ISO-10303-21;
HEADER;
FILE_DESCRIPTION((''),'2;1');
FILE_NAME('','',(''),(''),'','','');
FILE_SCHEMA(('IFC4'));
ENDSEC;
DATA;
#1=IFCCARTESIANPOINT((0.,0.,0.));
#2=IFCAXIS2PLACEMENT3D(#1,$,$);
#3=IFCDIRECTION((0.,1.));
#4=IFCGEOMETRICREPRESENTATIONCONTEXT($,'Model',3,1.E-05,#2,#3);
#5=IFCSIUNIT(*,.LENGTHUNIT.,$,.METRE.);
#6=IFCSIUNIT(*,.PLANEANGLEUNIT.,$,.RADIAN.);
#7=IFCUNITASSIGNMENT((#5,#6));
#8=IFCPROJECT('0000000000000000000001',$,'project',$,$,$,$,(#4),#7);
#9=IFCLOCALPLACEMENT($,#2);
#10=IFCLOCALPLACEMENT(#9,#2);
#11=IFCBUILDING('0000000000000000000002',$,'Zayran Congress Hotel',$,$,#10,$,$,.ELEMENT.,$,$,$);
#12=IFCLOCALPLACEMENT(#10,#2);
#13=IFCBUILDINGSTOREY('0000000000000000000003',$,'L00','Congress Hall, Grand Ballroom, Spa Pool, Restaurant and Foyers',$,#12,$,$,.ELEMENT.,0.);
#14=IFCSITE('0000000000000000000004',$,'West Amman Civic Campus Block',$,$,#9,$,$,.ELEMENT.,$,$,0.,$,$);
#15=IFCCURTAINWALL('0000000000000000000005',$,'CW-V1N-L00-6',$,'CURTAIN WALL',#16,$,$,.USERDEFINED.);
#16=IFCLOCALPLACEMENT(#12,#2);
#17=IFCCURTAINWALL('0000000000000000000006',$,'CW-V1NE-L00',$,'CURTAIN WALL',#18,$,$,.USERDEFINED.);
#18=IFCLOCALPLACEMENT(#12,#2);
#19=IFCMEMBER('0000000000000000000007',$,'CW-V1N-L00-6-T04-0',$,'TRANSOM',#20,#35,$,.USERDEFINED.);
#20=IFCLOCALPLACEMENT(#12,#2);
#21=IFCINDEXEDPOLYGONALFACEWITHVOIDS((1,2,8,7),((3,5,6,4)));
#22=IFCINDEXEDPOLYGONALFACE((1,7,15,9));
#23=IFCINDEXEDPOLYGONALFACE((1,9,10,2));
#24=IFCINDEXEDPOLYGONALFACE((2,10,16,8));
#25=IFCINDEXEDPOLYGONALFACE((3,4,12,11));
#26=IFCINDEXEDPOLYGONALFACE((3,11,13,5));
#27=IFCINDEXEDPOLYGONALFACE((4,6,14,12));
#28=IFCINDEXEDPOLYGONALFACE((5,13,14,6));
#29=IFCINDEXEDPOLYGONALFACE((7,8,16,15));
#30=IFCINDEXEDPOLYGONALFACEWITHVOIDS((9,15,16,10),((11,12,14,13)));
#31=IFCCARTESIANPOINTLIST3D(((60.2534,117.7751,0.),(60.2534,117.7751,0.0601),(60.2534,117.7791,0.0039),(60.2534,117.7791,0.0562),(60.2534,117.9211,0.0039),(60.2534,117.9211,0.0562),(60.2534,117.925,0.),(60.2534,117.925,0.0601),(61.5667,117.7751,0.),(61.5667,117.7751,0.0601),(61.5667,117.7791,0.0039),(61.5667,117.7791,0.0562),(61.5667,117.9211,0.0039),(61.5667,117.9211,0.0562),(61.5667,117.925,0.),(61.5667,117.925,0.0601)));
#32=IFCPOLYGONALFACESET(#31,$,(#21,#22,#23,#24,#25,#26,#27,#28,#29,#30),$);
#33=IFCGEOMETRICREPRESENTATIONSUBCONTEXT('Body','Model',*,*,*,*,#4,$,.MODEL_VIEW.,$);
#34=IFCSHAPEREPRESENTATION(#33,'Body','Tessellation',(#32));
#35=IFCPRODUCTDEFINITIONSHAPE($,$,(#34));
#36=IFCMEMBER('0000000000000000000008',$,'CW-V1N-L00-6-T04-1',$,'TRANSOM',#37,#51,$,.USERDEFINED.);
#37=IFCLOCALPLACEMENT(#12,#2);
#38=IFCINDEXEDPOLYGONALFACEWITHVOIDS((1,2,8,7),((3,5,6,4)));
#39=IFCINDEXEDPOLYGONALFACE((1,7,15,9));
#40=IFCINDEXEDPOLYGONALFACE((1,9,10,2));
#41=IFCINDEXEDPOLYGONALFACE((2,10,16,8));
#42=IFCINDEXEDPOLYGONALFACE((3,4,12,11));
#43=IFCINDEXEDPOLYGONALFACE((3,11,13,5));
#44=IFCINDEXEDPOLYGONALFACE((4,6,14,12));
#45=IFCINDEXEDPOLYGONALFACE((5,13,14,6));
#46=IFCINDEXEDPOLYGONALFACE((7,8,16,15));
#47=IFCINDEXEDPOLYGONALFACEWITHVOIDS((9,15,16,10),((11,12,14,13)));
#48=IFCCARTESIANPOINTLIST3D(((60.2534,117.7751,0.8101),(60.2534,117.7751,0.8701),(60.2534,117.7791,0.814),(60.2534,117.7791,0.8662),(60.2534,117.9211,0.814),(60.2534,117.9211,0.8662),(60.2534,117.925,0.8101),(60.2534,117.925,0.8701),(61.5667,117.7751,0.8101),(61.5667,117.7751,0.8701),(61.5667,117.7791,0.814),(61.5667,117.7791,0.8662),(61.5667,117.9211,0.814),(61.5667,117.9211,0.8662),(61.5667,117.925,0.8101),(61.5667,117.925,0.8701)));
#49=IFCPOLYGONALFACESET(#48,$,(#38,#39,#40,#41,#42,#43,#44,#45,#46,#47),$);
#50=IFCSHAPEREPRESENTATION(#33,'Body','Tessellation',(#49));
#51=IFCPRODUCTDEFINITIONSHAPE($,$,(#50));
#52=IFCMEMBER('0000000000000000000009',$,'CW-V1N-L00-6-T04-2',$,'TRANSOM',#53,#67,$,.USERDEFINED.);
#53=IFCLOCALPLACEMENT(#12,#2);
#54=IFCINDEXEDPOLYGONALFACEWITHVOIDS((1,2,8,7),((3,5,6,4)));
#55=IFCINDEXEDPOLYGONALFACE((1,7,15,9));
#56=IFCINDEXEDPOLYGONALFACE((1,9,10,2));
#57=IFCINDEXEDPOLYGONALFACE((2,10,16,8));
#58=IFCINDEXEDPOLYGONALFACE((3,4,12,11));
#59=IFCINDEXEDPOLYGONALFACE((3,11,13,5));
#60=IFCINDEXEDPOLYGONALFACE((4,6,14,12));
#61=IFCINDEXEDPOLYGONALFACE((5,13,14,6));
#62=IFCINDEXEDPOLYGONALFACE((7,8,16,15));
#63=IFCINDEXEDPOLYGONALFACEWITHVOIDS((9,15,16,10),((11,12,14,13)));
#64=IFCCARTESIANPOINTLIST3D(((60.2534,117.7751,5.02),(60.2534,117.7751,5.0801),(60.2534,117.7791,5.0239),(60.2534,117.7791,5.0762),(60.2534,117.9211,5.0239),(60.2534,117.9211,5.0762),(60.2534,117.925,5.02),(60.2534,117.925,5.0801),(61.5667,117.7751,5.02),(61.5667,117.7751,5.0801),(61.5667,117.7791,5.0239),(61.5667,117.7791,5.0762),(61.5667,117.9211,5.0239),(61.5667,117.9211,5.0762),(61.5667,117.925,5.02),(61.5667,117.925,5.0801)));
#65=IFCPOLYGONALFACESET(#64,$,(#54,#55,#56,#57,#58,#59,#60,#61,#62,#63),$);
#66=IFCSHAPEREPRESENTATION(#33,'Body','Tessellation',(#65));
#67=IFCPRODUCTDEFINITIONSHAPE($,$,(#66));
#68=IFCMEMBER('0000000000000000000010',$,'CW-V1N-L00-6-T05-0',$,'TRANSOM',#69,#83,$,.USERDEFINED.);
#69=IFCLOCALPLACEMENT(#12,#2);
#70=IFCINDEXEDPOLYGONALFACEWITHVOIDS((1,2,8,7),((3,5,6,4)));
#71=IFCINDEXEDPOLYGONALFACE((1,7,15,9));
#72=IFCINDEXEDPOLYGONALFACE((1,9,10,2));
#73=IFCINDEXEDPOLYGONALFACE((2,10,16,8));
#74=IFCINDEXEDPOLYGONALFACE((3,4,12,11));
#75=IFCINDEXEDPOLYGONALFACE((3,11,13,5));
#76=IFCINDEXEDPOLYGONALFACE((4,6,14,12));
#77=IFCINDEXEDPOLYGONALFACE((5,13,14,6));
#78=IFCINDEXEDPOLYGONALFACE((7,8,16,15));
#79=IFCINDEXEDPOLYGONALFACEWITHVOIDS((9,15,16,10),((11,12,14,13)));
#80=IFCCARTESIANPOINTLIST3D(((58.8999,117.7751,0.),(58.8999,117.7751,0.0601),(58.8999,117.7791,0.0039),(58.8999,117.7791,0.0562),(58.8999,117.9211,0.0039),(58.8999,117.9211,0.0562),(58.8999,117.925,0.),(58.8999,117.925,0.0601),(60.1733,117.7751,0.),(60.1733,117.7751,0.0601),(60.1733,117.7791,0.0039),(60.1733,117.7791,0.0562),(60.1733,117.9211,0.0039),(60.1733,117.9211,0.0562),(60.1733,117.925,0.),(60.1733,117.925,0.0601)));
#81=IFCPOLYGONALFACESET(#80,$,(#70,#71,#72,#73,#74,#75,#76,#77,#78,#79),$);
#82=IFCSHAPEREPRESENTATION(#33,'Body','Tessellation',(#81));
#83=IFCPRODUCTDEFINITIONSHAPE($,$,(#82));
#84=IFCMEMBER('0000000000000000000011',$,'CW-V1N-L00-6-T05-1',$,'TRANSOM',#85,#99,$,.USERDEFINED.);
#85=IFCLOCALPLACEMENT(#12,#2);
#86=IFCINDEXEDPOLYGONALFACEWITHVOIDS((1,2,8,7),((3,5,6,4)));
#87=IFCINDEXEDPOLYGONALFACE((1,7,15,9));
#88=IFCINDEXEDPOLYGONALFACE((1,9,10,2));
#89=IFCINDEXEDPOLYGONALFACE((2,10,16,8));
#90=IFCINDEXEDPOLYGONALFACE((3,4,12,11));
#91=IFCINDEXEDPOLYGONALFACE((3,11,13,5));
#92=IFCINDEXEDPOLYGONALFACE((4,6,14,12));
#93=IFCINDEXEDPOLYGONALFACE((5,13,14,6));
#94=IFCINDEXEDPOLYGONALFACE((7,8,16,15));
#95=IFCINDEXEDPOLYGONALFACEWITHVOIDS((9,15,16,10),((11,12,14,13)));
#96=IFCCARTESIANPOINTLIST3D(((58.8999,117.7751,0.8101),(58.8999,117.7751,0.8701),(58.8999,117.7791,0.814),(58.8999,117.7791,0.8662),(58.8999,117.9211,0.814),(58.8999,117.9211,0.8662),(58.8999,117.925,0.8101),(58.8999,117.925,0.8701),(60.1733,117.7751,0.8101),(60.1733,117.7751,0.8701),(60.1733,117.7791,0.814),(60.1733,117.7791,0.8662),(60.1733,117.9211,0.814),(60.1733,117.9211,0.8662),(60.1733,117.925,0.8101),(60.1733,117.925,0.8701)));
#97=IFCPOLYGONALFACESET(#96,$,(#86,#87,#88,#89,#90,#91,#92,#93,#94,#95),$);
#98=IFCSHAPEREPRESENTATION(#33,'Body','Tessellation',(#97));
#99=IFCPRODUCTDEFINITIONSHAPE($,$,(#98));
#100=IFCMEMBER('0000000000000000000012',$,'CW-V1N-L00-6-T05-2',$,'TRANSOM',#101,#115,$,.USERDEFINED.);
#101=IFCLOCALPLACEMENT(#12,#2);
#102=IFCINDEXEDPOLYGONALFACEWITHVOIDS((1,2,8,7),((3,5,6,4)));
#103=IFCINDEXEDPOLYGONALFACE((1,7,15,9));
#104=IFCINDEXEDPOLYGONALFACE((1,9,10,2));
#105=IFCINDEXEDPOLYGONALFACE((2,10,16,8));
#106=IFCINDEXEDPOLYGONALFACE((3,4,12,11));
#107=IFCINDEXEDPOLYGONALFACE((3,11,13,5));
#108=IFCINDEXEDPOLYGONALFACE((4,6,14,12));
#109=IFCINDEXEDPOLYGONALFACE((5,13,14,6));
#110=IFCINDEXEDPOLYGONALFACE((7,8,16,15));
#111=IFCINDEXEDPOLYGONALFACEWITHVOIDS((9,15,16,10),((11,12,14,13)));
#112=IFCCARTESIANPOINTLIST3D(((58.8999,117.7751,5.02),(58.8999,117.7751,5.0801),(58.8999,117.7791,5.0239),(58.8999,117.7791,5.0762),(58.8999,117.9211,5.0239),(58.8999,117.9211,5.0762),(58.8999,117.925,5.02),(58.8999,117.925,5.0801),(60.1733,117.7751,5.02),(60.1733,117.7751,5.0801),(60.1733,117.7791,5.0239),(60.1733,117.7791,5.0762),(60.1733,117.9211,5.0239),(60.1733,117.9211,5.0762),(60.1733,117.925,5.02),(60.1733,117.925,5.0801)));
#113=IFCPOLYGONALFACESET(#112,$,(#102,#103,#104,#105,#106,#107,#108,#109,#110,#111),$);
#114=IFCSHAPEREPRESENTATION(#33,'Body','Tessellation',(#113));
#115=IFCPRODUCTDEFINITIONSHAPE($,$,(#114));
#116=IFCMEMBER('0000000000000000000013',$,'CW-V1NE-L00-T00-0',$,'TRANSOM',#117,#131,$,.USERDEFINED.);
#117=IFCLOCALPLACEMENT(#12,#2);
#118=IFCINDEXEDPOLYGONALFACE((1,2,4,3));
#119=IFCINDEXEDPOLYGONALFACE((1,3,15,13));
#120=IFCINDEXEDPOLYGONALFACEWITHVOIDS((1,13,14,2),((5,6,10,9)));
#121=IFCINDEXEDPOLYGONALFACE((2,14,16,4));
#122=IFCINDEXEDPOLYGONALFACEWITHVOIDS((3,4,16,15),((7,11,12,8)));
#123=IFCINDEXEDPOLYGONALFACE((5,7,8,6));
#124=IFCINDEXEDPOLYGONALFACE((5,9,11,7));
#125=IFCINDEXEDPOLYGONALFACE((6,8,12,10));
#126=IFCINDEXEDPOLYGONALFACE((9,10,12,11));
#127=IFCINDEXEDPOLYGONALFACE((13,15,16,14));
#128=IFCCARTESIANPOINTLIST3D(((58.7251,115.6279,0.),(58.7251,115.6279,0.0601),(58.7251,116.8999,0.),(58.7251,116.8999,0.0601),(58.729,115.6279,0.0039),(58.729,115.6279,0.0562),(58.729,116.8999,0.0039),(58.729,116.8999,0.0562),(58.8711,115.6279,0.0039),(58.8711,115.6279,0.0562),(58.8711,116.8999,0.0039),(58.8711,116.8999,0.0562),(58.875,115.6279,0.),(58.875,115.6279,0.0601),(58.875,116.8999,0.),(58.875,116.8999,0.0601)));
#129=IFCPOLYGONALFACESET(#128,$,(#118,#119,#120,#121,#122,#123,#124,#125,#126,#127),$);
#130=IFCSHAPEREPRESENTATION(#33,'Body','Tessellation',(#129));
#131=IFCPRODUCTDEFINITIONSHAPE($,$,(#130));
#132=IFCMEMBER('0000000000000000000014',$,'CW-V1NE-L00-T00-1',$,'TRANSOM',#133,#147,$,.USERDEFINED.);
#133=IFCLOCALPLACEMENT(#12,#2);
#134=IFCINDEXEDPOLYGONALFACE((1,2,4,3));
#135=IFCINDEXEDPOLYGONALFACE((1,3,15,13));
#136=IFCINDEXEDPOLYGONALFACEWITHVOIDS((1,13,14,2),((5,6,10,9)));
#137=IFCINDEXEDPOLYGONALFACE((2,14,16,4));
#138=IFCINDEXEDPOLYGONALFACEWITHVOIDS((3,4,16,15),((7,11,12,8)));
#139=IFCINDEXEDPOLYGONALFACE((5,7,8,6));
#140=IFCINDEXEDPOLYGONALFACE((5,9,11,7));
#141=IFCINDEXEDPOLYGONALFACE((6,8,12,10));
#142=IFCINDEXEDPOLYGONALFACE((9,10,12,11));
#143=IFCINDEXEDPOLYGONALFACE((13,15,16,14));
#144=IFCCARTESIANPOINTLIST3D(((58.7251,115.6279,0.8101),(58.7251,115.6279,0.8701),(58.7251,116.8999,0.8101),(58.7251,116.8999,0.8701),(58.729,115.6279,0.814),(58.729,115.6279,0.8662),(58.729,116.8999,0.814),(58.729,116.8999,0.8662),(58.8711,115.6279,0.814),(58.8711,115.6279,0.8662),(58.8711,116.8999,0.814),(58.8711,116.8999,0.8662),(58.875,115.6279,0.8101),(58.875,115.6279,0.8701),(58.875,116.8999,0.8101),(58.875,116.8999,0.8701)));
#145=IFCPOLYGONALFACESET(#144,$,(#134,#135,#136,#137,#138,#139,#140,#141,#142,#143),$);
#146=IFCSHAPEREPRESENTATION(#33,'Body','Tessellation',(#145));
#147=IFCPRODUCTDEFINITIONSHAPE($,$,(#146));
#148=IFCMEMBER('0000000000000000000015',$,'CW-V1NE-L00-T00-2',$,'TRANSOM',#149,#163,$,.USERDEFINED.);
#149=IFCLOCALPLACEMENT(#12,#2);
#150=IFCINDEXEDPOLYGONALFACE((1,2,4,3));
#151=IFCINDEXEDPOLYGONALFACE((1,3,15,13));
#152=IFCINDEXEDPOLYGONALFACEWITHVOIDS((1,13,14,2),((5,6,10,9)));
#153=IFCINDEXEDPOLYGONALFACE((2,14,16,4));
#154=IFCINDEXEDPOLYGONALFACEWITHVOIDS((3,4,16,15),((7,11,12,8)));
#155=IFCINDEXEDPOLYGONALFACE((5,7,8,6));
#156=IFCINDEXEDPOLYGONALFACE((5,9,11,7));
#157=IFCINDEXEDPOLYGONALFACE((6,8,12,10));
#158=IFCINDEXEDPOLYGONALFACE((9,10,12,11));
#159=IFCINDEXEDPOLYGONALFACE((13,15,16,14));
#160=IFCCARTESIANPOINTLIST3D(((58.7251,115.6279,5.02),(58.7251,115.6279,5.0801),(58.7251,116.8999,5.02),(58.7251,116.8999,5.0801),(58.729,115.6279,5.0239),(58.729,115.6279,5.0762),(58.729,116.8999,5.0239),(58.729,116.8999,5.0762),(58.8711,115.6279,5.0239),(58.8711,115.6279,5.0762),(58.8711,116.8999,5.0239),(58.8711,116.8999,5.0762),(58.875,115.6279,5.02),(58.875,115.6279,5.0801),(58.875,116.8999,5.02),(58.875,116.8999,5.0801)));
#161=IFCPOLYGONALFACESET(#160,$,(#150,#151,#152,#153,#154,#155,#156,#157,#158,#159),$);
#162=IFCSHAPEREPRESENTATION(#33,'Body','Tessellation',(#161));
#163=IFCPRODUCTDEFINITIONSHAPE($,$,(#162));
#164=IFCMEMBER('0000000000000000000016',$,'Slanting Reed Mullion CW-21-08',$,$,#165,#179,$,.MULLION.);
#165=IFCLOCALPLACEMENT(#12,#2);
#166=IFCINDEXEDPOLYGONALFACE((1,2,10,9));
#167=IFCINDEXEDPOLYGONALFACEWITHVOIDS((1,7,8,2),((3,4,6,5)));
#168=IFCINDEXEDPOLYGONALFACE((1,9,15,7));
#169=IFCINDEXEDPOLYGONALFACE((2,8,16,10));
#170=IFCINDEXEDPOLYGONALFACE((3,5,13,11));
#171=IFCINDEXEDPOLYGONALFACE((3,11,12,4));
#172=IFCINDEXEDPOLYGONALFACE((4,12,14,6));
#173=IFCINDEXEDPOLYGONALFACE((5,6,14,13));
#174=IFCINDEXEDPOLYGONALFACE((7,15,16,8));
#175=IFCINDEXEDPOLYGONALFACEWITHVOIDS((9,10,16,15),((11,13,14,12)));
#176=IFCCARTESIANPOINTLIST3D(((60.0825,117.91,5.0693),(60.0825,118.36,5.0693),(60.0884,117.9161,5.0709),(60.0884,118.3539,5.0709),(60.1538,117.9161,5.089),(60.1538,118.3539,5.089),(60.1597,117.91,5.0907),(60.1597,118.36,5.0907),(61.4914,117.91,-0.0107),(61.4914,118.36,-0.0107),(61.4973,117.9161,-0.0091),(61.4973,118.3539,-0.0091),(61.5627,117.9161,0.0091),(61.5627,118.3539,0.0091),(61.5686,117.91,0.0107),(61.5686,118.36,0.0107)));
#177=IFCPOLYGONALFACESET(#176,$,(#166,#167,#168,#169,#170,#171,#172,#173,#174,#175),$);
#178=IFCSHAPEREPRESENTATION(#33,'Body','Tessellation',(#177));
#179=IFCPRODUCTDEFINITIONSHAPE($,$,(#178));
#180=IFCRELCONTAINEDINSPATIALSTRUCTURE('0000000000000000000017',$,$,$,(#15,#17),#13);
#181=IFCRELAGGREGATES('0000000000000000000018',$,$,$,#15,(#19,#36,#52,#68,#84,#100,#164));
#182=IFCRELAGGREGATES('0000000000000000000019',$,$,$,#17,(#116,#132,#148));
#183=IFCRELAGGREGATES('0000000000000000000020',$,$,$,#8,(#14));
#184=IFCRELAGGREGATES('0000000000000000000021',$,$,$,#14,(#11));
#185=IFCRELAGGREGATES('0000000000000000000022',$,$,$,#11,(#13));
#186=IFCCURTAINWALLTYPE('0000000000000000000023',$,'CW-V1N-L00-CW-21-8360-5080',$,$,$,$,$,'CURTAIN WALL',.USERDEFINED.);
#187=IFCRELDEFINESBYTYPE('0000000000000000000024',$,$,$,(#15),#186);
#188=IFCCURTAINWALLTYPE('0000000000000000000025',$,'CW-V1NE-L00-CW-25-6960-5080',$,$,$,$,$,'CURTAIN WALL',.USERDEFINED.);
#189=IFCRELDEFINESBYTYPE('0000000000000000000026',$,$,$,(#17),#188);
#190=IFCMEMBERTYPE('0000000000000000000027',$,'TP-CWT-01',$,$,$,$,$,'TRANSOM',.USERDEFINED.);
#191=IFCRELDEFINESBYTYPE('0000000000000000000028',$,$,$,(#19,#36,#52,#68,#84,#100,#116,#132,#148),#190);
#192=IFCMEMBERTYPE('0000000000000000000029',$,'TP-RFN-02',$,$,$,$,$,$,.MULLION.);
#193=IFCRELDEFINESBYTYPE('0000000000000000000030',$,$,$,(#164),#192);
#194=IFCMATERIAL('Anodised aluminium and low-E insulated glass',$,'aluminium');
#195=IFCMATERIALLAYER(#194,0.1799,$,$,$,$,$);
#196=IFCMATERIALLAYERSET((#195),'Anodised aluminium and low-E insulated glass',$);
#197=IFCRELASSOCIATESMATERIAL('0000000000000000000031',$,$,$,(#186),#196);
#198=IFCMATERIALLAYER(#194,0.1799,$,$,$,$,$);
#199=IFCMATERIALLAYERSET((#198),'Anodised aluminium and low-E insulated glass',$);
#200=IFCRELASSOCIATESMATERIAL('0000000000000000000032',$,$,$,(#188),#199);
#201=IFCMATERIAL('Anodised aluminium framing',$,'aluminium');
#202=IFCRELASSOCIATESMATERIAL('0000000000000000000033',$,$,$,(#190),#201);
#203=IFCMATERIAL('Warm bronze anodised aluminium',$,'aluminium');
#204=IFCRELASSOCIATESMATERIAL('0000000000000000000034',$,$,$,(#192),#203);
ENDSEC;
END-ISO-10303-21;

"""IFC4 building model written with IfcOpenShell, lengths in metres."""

from ifc_helpers import new_model, si_unit, direction, frame, origin, origin_2d, place, context, subcontext, project, spatial, hollow_rectangle, extrude, material, layer, layer_set, material_profile, profile_set, type_object, element, aggregate, save


model = new_model("IFC4")

# Units and contexts
model_context = context("Model", 3, precision=1e-05, world=origin(), true_north=direction((0.0, 1.0)))
body_context = subcontext(model_context, "Body", "Model", "MODEL_VIEW")
ifc_project = project(units=[si_unit("LENGTHUNIT", "METRE"), si_unit("PLANEANGLEUNIT", "RADIAN")], contexts=[model_context])

# Site, building, storey
site_placement = place(None, origin())
site = spatial("IfcSite", under=ifc_project, at=site_placement, Name="West Amman Civic Campus Block", CompositionType="ELEMENT", RefElevation=0.0)
building_placement = place(site_placement, origin())
building = spatial("IfcBuilding", under=site, at=building_placement, Name="Zayran Congress Hotel", CompositionType="ELEMENT")
storey_placement = place(building_placement, origin())
storey = spatial("IfcBuildingStorey", under=building, at=storey_placement, Name="L00", Description="Congress Hall, Grand Ballroom, Spa Pool, Restaurant and Foyers", CompositionType="ELEMENT", Elevation=0.0)

# Curtain wall
ifc_material_1 = material(Name="Anodised aluminium and low-E insulated glass", Category="aluminium")
ifc_layer_1 = layer(ifc_material_1, 0.1799)
ifc_layer_set_1 = layer_set([ifc_layer_1], Name="Anodised aluminium and low-E insulated glass")
curtain_wall_type_1 = type_object("IfcCurtainWallType", Name="CW-V1N-L00-CW-21-8360-5080", ElementType="CURTAIN WALL", PredefinedType="USERDEFINED", material=ifc_layer_set_1)
curtain_wall_1_placement = place(storey_placement, origin())
curtain_wall_1 = element("IfcCurtainWall", 1, at=curtain_wall_1_placement, inside=storey, type_object=curtain_wall_type_1, Name="CW-V1N-L00-6", ObjectType="CURTAIN WALL", PredefinedType="USERDEFINED")
ifc_material_2 = material(Name="Anodised aluminium framing", Category="aluminium")

# Curtain wall
ifc_layer_2 = layer(ifc_material_1, 0.1799)
ifc_layer_set_2 = layer_set([ifc_layer_2], Name="Anodised aluminium and low-E insulated glass")
curtain_wall_type_2 = type_object("IfcCurtainWallType", Name="CW-V1NE-L00-CW-25-6960-5080", ElementType="CURTAIN WALL", PredefinedType="USERDEFINED", material=ifc_layer_set_2)
curtain_wall_2_placement = place(storey_placement, origin())
curtain_wall_2 = element("IfcCurtainWall", 2, at=curtain_wall_2_placement, inside=storey, type_object=curtain_wall_type_2, Name="CW-V1NE-L00", ObjectType="CURTAIN WALL", PredefinedType="USERDEFINED")

# Members
ifc_material_profile_1 = material_profile(ifc_material_2, hollow_rectangle(XDim=0.0601, YDim=0.1499, WallThickness=0.0039, at=origin_2d()), Name="RHS 150x60x4")
ifc_profile_set_1 = profile_set([ifc_material_profile_1], Name="Anodised aluminium framing")
member_type_1 = type_object("IfcMemberType", Name="TP-CWT-01", ElementType="TRANSOM", PredefinedType="USERDEFINED", material=ifc_profile_set_1)
member_1_placement = place(storey_placement, frame((61.5667, 117.8501, 0.03), z_axis=(-1.0, 0.0, 0.0), x_axis=(0.0, 0.0, 1.0)))
member_1 = element("IfcMember", 3, at=member_1_placement, type_object=member_type_1, Name="CW-V1N-L00-6-T04-0", ObjectType="TRANSOM", PredefinedType="USERDEFINED", context=body_context, shape_type="SweptSolid", body=[
    extrude(hollow_rectangle(XDim=0.0601, YDim=0.1499, WallThickness=0.0039, at=origin_2d()), origin(), (0.0, 0.0, 1.0), 1.3132),
])
member_2_placement = place(storey_placement, frame((61.5667, 117.8501, 0.8401), z_axis=(-1.0, 0.0, 0.0), x_axis=(0.0, 0.0, 1.0)))
member_2 = element("IfcMember", 4, at=member_2_placement, type_object=member_type_1, Name="CW-V1N-L00-6-T04-1", ObjectType="TRANSOM", PredefinedType="USERDEFINED", context=body_context, shape_type="SweptSolid", body=[
    extrude(hollow_rectangle(XDim=0.0601, YDim=0.1499, WallThickness=0.0039, at=origin_2d()), origin(), (0.0, 0.0, 1.0), 1.3132),
])
member_3_placement = place(storey_placement, frame((61.5667, 117.8501, 5.05), z_axis=(-1.0, 0.0, 0.0), x_axis=(0.0, 0.0, 1.0)))
member_3 = element("IfcMember", 5, at=member_3_placement, type_object=member_type_1, Name="CW-V1N-L00-6-T04-2", ObjectType="TRANSOM", PredefinedType="USERDEFINED", context=body_context, shape_type="SweptSolid", body=[
    extrude(hollow_rectangle(XDim=0.0601, YDim=0.1499, WallThickness=0.0039, at=origin_2d()), origin(), (0.0, 0.0, 1.0), 1.3132),
])
member_4_placement = place(storey_placement, frame((60.1733, 117.8501, 0.03), z_axis=(-1.0, 0.0, 0.0), x_axis=(0.0, 0.0, 1.0)))
member_4 = element("IfcMember", 6, at=member_4_placement, type_object=member_type_1, Name="CW-V1N-L00-6-T05-0", ObjectType="TRANSOM", PredefinedType="USERDEFINED", context=body_context, shape_type="SweptSolid", body=[
    extrude(hollow_rectangle(XDim=0.0601, YDim=0.1499, WallThickness=0.0039, at=origin_2d()), origin(), (0.0, 0.0, 1.0), 1.2734),
])
member_5_placement = place(storey_placement, frame((60.1733, 117.8501, 0.8401), z_axis=(-1.0, 0.0, 0.0), x_axis=(0.0, 0.0, 1.0)))
member_5 = element("IfcMember", 7, at=member_5_placement, type_object=member_type_1, Name="CW-V1N-L00-6-T05-1", ObjectType="TRANSOM", PredefinedType="USERDEFINED", context=body_context, shape_type="SweptSolid", body=[
    extrude(hollow_rectangle(XDim=0.0601, YDim=0.1499, WallThickness=0.0039, at=origin_2d()), origin(), (0.0, 0.0, 1.0), 1.2734),
])
member_6_placement = place(storey_placement, frame((60.1733, 117.8501, 5.05), z_axis=(-1.0, 0.0, 0.0), x_axis=(0.0, 0.0, 1.0)))
member_6 = element("IfcMember", 8, at=member_6_placement, type_object=member_type_1, Name="CW-V1N-L00-6-T05-2", ObjectType="TRANSOM", PredefinedType="USERDEFINED", context=body_context, shape_type="SweptSolid", body=[
    extrude(hollow_rectangle(XDim=0.0601, YDim=0.1499, WallThickness=0.0039, at=origin_2d()), origin(), (0.0, 0.0, 1.0), 1.2734),
])
member_7_placement = place(storey_placement, frame((58.8, 116.8999, 0.03), z_axis=(0.0, -1.0, 0.0), x_axis=(0.0, 0.0, 1.0)))
member_7 = element("IfcMember", 9, at=member_7_placement, type_object=member_type_1, Name="CW-V1NE-L00-T00-0", ObjectType="TRANSOM", PredefinedType="USERDEFINED", context=body_context, shape_type="SweptSolid", body=[
    extrude(hollow_rectangle(XDim=0.0601, YDim=0.1499, WallThickness=0.0039, at=origin_2d()), origin(), (0.0, 0.0, 1.0), 1.272),
])
member_8_placement = place(storey_placement, frame((58.8, 116.8999, 0.8401), z_axis=(0.0, -1.0, 0.0), x_axis=(0.0, 0.0, 1.0)))
member_8 = element("IfcMember", 10, at=member_8_placement, type_object=member_type_1, Name="CW-V1NE-L00-T00-1", ObjectType="TRANSOM", PredefinedType="USERDEFINED", context=body_context, shape_type="SweptSolid", body=[
    extrude(hollow_rectangle(XDim=0.0601, YDim=0.1499, WallThickness=0.0039, at=origin_2d()), origin(), (0.0, 0.0, 1.0), 1.272),
])
member_9_placement = place(storey_placement, frame((58.8, 116.8999, 5.05), z_axis=(0.0, -1.0, 0.0), x_axis=(0.0, 0.0, 1.0)))
member_9 = element("IfcMember", 11, at=member_9_placement, type_object=member_type_1, Name="CW-V1NE-L00-T00-2", ObjectType="TRANSOM", PredefinedType="USERDEFINED", context=body_context, shape_type="SweptSolid", body=[
    extrude(hollow_rectangle(XDim=0.0601, YDim=0.1499, WallThickness=0.0039, at=origin_2d()), origin(), (0.0, 0.0, 1.0), 1.272),
])
ifc_material_3 = material(Name="Warm bronze anodised aluminium", Category="aluminium")
ifc_material_profile_2 = material_profile(ifc_material_3, hollow_rectangle(XDim=0.0801, YDim=0.45, WallThickness=0.0061, at=origin_2d()), Name="RHS 450x80x6")
ifc_profile_set_2 = profile_set([ifc_material_profile_2], Name="Warm bronze anodised aluminium")
member_type_2 = type_object("IfcMemberType", Name="TP-RFN-02", PredefinedType="MULLION", material=ifc_profile_set_2)
member_10_placement = place(storey_placement, frame((61.53, 118.135, 0.0), z_axis=(-0.267257, 0.0, 0.963625), x_axis=(0.963625, 0.0, 0.267257)))
member_10 = element("IfcMember", 12, at=member_10_placement, type_object=member_type_2, Name="Slanting Reed Mullion CW-21-08", PredefinedType="MULLION", context=body_context, shape_type="SweptSolid", body=[
    extrude(hollow_rectangle(XDim=0.0801, YDim=0.45, WallThickness=0.0061, at=origin_2d()), origin(), (0.0, 0.0, 1.0), 5.2717),
])

aggregate(curtain_wall_1, [member_1, member_2, member_3, member_4, member_5, member_6, member_10])
aggregate(curtain_wall_2, [member_7, member_8, member_9])

save(model, "model.ifc")
